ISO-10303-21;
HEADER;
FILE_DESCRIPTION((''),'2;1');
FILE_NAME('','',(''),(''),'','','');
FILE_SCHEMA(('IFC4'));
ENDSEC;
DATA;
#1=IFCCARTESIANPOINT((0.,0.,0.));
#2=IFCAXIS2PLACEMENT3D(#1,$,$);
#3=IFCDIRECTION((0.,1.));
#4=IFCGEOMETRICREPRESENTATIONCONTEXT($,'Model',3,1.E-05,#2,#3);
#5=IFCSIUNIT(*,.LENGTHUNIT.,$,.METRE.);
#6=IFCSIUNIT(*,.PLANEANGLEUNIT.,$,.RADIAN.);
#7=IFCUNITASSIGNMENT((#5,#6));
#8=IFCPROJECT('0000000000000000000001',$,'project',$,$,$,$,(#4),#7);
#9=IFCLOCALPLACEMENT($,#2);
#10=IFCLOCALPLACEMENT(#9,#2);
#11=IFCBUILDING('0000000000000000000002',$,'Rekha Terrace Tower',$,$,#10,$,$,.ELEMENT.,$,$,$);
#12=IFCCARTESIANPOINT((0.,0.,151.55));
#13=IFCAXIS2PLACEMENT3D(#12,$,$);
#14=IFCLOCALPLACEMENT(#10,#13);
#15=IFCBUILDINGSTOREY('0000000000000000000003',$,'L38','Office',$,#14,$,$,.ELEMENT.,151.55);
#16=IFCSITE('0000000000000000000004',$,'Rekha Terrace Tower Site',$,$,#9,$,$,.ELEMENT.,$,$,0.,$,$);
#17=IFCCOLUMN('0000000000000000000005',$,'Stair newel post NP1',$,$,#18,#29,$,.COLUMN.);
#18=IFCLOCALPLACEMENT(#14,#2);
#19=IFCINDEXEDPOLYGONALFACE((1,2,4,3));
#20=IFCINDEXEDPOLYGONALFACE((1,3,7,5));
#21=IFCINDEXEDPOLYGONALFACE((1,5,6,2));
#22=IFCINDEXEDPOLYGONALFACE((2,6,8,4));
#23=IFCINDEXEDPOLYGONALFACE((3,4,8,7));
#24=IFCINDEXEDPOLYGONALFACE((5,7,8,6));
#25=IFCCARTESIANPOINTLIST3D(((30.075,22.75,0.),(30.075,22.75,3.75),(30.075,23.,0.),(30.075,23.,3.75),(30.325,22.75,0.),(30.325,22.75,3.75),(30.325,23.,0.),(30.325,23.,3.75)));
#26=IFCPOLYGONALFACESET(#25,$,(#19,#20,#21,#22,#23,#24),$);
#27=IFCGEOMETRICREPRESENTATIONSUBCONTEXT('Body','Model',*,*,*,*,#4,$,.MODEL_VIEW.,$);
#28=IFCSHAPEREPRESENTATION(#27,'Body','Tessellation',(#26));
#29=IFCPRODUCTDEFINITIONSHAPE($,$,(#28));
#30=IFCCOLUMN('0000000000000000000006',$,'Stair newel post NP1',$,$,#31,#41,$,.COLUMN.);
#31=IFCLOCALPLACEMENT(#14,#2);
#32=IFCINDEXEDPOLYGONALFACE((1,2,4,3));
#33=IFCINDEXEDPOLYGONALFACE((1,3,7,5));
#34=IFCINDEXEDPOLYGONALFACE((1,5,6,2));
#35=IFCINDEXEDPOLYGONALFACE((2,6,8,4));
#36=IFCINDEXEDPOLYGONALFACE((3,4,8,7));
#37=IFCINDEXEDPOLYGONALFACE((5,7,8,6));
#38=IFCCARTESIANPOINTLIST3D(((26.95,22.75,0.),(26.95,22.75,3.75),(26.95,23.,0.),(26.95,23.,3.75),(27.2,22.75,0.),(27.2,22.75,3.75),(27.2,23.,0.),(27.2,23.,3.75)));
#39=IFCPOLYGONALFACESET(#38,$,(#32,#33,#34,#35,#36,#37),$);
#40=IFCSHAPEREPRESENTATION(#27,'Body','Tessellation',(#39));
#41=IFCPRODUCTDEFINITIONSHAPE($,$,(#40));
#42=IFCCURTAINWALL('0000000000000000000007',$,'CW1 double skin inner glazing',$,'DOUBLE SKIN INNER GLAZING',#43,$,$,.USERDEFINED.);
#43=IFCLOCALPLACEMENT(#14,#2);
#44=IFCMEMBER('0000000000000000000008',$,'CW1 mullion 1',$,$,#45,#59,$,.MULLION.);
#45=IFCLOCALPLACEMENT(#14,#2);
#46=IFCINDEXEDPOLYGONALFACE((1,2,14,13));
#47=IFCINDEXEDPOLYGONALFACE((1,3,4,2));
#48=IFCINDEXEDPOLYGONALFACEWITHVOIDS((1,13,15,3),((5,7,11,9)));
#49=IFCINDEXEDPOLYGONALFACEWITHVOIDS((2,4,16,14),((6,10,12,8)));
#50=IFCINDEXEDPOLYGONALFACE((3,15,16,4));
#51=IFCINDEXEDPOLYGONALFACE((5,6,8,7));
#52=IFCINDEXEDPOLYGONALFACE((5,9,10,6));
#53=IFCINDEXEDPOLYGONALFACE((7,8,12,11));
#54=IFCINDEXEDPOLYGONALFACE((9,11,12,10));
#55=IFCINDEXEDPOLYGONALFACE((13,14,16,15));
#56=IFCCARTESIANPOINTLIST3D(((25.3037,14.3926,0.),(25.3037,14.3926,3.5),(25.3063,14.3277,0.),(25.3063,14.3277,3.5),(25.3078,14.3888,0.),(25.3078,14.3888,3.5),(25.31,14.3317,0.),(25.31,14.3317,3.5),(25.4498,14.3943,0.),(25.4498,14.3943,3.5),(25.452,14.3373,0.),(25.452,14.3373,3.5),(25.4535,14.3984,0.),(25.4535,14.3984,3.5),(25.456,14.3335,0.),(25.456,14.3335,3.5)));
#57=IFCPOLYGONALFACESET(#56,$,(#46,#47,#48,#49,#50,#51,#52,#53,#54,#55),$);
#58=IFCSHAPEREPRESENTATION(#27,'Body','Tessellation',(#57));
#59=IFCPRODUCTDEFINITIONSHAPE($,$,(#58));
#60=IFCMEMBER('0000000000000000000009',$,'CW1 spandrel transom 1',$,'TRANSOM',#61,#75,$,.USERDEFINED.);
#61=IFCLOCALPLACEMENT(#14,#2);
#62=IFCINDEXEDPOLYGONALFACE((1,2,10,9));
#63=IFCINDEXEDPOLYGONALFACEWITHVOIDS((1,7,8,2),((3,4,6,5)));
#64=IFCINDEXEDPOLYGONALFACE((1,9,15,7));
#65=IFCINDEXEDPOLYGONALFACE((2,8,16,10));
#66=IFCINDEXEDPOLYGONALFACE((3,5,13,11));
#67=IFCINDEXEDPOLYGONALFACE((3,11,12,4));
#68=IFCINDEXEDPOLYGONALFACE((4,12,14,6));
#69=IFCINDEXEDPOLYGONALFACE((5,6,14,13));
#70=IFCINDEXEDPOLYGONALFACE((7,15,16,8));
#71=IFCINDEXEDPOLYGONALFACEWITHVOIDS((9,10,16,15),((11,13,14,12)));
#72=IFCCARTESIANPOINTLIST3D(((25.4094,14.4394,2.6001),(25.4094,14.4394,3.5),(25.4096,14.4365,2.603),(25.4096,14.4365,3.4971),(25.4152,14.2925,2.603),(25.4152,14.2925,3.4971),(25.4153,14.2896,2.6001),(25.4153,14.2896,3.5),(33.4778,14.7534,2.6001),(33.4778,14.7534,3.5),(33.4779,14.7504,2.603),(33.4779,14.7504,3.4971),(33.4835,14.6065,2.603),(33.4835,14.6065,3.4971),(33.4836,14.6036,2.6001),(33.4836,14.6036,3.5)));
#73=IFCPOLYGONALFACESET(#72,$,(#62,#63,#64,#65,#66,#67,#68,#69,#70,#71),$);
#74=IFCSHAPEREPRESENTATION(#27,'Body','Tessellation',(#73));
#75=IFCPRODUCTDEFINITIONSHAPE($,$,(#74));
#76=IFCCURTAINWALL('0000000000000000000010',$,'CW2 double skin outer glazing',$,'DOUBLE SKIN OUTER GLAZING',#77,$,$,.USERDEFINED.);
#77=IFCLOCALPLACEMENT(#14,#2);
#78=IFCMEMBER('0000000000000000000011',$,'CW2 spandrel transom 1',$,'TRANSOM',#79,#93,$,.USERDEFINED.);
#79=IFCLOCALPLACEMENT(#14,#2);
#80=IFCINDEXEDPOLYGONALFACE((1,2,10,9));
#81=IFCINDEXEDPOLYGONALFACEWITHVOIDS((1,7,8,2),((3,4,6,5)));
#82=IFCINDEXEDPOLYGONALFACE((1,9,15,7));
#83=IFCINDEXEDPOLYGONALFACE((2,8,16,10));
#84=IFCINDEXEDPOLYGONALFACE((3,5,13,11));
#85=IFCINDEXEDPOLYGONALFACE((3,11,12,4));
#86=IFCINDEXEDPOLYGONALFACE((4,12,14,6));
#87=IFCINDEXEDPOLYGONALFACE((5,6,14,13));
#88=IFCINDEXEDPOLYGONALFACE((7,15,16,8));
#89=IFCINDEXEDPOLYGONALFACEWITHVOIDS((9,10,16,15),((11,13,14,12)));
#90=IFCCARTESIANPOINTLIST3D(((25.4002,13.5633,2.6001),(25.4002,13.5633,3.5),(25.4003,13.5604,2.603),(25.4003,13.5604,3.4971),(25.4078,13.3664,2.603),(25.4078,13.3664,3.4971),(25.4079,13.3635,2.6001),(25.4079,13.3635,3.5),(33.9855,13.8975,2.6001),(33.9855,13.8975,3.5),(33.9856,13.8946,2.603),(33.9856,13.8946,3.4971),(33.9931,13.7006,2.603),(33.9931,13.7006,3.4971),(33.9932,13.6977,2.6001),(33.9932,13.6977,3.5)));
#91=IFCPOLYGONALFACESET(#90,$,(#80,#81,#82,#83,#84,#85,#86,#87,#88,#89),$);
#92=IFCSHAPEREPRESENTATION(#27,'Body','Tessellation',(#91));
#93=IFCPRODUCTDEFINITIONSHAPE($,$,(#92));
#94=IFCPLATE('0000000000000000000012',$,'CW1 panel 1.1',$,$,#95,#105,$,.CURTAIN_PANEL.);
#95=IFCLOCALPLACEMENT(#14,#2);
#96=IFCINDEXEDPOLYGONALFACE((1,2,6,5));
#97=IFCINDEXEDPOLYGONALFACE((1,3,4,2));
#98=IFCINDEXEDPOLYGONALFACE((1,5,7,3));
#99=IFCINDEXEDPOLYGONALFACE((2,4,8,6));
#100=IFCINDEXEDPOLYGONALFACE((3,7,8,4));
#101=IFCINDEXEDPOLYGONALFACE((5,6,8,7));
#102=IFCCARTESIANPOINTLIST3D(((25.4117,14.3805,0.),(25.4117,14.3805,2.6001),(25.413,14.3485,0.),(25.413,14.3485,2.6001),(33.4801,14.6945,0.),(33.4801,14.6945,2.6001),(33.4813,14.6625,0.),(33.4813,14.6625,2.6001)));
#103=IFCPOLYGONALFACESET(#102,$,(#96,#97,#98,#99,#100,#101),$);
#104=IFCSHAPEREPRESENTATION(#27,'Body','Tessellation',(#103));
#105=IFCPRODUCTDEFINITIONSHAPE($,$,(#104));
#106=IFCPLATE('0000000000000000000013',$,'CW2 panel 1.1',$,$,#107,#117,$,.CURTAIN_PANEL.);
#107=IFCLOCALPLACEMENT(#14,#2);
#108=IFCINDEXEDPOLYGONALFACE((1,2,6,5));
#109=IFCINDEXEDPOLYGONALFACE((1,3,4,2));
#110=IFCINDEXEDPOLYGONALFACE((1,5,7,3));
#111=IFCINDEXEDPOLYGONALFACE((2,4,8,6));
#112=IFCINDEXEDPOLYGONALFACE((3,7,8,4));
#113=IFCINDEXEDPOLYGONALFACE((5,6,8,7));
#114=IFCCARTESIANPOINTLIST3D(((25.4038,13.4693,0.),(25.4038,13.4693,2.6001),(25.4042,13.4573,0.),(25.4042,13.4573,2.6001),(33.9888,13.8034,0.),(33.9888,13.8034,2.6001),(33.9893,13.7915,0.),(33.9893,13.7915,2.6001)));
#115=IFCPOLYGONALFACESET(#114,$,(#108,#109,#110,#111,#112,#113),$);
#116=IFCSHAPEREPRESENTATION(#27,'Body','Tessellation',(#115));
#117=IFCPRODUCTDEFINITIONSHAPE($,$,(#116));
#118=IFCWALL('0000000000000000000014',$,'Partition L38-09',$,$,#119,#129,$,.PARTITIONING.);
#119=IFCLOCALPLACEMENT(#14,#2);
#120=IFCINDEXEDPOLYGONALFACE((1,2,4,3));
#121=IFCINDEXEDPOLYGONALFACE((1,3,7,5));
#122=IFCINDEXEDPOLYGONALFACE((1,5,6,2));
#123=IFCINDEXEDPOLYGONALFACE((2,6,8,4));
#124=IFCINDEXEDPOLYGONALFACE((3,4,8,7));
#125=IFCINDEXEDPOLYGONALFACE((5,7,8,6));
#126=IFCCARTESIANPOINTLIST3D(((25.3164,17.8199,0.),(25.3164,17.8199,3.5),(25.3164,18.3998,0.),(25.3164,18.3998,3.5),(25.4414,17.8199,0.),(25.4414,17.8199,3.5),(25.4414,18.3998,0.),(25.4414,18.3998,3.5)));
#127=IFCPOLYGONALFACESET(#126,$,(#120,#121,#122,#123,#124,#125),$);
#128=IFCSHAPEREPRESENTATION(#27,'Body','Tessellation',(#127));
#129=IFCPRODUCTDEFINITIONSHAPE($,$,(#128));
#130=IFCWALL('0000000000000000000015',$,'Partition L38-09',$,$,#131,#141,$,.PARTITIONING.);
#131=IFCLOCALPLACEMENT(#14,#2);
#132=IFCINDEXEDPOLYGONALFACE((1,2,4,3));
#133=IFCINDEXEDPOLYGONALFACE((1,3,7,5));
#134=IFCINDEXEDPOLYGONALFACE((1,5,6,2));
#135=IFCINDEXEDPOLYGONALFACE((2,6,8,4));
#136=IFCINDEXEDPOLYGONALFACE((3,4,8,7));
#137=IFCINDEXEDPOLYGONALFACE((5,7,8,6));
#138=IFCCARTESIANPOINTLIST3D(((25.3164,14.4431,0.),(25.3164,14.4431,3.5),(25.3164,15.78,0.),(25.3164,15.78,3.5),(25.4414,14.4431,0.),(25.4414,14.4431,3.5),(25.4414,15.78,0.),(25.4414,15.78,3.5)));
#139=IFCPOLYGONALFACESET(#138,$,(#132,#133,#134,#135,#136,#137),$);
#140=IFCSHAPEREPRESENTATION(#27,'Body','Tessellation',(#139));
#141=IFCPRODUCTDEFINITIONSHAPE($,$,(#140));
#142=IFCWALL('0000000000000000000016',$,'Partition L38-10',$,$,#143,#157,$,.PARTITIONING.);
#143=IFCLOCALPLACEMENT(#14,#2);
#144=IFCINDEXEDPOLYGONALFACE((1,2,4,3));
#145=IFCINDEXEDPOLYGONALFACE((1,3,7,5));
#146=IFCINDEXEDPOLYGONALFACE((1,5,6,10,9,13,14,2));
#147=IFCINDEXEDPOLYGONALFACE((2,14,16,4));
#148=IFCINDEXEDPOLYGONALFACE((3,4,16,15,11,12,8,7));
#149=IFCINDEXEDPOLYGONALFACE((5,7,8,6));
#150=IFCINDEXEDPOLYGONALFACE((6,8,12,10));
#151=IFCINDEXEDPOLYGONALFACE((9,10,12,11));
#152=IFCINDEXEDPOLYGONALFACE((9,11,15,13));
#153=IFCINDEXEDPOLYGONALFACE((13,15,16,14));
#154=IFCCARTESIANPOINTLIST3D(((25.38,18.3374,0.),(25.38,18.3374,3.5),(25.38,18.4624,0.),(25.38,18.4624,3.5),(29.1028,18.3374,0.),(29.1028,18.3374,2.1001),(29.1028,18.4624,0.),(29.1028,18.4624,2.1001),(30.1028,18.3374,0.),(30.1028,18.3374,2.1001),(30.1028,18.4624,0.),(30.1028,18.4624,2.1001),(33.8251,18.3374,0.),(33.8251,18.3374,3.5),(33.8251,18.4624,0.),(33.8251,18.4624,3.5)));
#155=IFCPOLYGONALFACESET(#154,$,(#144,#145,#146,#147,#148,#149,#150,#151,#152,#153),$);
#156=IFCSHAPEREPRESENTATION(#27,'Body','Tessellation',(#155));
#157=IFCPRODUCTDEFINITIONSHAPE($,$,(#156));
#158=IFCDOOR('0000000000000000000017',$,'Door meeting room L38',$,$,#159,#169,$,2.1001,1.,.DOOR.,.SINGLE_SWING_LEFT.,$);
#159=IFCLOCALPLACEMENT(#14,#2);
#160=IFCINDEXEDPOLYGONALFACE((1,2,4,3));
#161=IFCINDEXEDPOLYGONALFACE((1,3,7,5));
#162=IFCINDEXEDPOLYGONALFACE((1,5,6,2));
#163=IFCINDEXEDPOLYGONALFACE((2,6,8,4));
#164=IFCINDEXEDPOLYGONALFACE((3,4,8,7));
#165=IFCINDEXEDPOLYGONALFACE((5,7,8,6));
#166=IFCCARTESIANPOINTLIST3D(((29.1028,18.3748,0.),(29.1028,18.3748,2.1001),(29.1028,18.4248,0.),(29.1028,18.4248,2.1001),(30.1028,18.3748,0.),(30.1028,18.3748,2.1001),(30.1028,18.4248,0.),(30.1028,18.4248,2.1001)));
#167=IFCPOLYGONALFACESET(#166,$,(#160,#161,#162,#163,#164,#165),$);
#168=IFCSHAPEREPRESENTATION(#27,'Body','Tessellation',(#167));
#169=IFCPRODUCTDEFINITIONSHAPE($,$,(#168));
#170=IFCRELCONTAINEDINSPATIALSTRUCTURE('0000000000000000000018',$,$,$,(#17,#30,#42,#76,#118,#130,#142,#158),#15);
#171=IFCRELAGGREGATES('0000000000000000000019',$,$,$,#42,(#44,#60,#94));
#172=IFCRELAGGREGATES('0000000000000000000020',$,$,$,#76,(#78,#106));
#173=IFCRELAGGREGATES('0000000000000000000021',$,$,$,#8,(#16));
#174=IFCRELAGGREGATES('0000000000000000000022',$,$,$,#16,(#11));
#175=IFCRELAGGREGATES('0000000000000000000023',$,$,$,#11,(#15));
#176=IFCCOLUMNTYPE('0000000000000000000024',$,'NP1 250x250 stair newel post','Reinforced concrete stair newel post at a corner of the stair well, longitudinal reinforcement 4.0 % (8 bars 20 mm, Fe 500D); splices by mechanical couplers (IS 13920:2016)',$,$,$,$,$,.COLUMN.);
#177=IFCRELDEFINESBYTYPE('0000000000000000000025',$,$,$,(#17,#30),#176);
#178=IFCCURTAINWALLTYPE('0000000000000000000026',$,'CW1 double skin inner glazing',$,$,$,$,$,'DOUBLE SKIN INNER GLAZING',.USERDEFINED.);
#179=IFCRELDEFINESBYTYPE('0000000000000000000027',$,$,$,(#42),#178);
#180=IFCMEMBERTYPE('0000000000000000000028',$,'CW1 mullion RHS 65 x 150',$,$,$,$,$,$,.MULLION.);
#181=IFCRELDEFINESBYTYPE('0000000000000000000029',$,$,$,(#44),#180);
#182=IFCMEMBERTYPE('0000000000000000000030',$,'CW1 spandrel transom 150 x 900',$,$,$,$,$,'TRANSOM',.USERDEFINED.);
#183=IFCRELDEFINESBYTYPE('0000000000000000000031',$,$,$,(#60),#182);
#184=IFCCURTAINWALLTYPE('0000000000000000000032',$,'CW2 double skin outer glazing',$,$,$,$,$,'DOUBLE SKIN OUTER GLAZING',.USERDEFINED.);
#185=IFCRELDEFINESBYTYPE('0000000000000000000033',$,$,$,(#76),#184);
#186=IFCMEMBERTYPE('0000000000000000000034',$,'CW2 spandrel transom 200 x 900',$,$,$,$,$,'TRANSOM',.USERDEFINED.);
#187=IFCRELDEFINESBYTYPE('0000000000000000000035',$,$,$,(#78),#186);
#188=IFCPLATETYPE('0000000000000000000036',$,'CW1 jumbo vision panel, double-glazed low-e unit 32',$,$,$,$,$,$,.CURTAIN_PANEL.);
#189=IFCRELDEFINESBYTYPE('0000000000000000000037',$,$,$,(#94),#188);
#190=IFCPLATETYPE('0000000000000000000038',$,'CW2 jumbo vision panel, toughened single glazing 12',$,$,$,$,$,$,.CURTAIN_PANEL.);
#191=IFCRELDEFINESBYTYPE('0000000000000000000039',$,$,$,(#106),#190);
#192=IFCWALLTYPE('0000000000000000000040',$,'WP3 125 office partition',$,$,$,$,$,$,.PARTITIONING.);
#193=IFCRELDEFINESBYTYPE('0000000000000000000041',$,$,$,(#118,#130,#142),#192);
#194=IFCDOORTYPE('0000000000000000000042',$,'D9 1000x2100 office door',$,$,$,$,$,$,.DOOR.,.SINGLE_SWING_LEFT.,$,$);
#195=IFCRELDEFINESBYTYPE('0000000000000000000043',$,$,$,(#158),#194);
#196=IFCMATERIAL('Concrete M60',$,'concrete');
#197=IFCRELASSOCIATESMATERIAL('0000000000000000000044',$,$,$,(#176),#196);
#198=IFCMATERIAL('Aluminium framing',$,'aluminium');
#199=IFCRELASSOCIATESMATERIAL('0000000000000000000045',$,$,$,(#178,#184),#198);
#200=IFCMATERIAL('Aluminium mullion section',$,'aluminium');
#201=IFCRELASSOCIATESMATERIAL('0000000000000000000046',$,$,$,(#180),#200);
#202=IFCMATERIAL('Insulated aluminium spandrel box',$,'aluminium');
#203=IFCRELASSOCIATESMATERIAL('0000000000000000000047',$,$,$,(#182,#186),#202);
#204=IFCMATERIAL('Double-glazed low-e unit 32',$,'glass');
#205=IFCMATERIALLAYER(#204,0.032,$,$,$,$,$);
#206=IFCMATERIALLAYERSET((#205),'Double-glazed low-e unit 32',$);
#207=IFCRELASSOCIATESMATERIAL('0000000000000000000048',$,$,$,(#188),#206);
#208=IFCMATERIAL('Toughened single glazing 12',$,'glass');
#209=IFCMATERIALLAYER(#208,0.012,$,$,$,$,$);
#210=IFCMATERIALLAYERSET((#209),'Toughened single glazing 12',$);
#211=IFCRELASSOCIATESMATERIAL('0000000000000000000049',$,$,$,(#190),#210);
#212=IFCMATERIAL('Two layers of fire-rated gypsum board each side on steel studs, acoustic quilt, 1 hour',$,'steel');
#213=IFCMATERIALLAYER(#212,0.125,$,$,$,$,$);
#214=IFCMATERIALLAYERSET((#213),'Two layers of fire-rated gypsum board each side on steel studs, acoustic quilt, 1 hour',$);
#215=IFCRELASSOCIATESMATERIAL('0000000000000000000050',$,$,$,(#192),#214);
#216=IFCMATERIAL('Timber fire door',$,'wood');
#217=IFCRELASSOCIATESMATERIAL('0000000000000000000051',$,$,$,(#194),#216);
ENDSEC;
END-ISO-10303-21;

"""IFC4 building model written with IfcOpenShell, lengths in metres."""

from ifc_helpers import new_model, si_unit, direction, frame, frame_2d, origin, origin_2d, place, context, subcontext, project, spatial, rectangle, hollow_rectangle, extrude, material, layer, layer_set, material_profile, profile_set, type_object, element, fill, aggregate, save


model = new_model("IFC4")

# Units and contexts
model_context = context("Model", 3, precision=1e-05, world=origin(), true_north=direction((0.0, 1.0)))
body_context = subcontext(model_context, "Body", "Model", "MODEL_VIEW")
ifc_project = project(units=[si_unit("LENGTHUNIT", "METRE"), si_unit("PLANEANGLEUNIT", "RADIAN")], contexts=[model_context])

# Site, building, storey
site_placement = place(None, origin())
site = spatial("IfcSite", under=ifc_project, at=site_placement, Name="Rekha Terrace Tower Site", CompositionType="ELEMENT", RefElevation=0.0)
building_placement = place(site_placement, origin())
building = spatial("IfcBuilding", under=site, at=building_placement, Name="Rekha Terrace Tower", CompositionType="ELEMENT")
storey_placement = place(building_placement, frame((0.0, 0.0, 151.55)))
storey = spatial("IfcBuildingStorey", under=building, at=storey_placement, Name="L38", Description="Office", CompositionType="ELEMENT", Elevation=151.55)

# Columns
ifc_material_1 = material(Name="Concrete M60", Category="concrete")
ifc_material_profile_1 = material_profile(ifc_material_1, rectangle(XDim=0.25, YDim=0.25, at=origin_2d()), Name="RC 250x250")
ifc_profile_set_1 = profile_set([ifc_material_profile_1], Name="Concrete M60")
column_type = type_object("IfcColumnType", Name="NP1 250x250 stair newel post", Description="Reinforced concrete stair newel post at a corner of the stair well, longitudinal reinforcement 4.0 % (8 bars 20 mm, Fe 500D); splices by mechanical couplers (IS 13920:2016)", PredefinedType="COLUMN", material=ifc_profile_set_1)
for number, where, z_axis, x_axis, name in (
    (1, (30.2, 22.875, 0.0), (0.0, 0.0, 1.0), (1.0, 0.0, 0.0), "Stair newel post NP1"),
    (2, (27.075, 22.875, 0.0), (0.0, 0.0, 1.0), (1.0, 0.0, 0.0), "Stair newel post NP1"),
):
    element("IfcColumn", number, at=place(storey_placement, frame(where, z_axis=z_axis, x_axis=x_axis)), inside=storey, type_object=column_type, Name=name, PredefinedType="COLUMN", context=body_context, shape_type="SweptSolid", body=[
        extrude(rectangle(XDim=0.25, YDim=0.25, at=origin_2d()), origin(), (0.0, 0.0, 1.0), 3.75),
    ])

# Curtain wall, members
ifc_material_2 = material(Name="Aluminium framing", Category="aluminium")
curtain_wall_type_1 = type_object("IfcCurtainWallType", Name="CW1 double skin inner glazing", ElementType="DOUBLE SKIN INNER GLAZING", PredefinedType="USERDEFINED", material=ifc_material_2)
curtain_wall_1_placement = place(storey_placement, origin())
curtain_wall_1 = element("IfcCurtainWall", 3, at=curtain_wall_1_placement, inside=storey, type_object=curtain_wall_type_1, Name="CW1 double skin inner glazing", ObjectType="DOUBLE SKIN INNER GLAZING", PredefinedType="USERDEFINED")
ifc_material_3 = material(Name="Aluminium mullion section", Category="aluminium")
ifc_material_profile_2 = material_profile(ifc_material_3, hollow_rectangle(XDim=0.0649, YDim=0.1499, WallThickness=0.0039, at=origin_2d()), Name="AL RHS 65x150")
ifc_profile_set_2 = profile_set([ifc_material_profile_2], Name="Aluminium mullion section")
member_type_1 = type_object("IfcMemberType", Name="CW1 mullion RHS 65 x 150", PredefinedType="MULLION", material=ifc_profile_set_2)
member_1_placement = place(storey_placement, frame((25.3799, 14.363, 0.0), z_axis=(0.0, 0.0, 1.0), x_axis=(-0.03889, 0.999243, 0.0)))
member_1 = element("IfcMember", 4, at=member_1_placement, type_object=member_type_1, Name="CW1 mullion 1", PredefinedType="MULLION", context=body_context, shape_type="SweptSolid", body=[
    extrude(hollow_rectangle(XDim=0.0649, YDim=0.1499, WallThickness=0.0039, at=origin_2d()), origin(), (0.0, 0.0, 1.0), 3.5),
])
ifc_material_4 = material(Name="Insulated aluminium spandrel box", Category="aluminium")
ifc_material_profile_3 = material_profile(ifc_material_4, hollow_rectangle(XDim=0.1499, YDim=0.8999, WallThickness=0.0029, at=origin_2d()), Name="AL SPANDREL BOX 150x900")
ifc_profile_set_3 = profile_set([ifc_material_profile_3], Name="Insulated aluminium spandrel box")
member_type_2 = type_object("IfcMemberType", Name="CW1 spandrel transom 150 x 900", ElementType="TRANSOM", PredefinedType="USERDEFINED", material=ifc_profile_set_3)
member_2_placement = place(storey_placement, frame((25.4124, 14.3645, 3.05), z_axis=(0.999244, 0.038884, 0.0), x_axis=(-0.038884, 0.999244, 0.0)))
member_2 = element("IfcMember", 5, at=member_2_placement, type_object=member_type_2, Name="CW1 spandrel transom 1", ObjectType="TRANSOM", PredefinedType="USERDEFINED", context=body_context, shape_type="SweptSolid", body=[
    extrude(hollow_rectangle(XDim=0.1499, YDim=0.8999, WallThickness=0.0029, at=origin_2d()), origin(), (0.0, 0.0, 1.0), 8.0745),
])

# Curtain wall, member
curtain_wall_type_2 = type_object("IfcCurtainWallType", Name="CW2 double skin outer glazing", ElementType="DOUBLE SKIN OUTER GLAZING", PredefinedType="USERDEFINED", material=ifc_material_2)
curtain_wall_2_placement = place(storey_placement, origin())
curtain_wall_2 = element("IfcCurtainWall", 6, at=curtain_wall_2_placement, inside=storey, type_object=curtain_wall_type_2, Name="CW2 double skin outer glazing", ObjectType="DOUBLE SKIN OUTER GLAZING", PredefinedType="USERDEFINED")
ifc_material_profile_4 = material_profile(ifc_material_4, hollow_rectangle(XDim=0.2, YDim=0.8999, WallThickness=0.0029, at=origin_2d()), Name="AL SPANDREL BOX 200x900")
ifc_profile_set_4 = profile_set([ifc_material_profile_4], Name="Insulated aluminium spandrel box")
member_type_3 = type_object("IfcMemberType", Name="CW2 spandrel transom 200 x 900", ElementType="TRANSOM", PredefinedType="USERDEFINED", material=ifc_profile_set_4)
member_3_placement = place(storey_placement, frame((25.4041, 13.4634, 3.05), z_axis=(0.999243, 0.038901, 0.0), x_axis=(-0.038901, 0.999243, 0.0)))
member_3 = element("IfcMember", 7, at=member_3_placement, type_object=member_type_3, Name="CW2 spandrel transom 1", ObjectType="TRANSOM", PredefinedType="USERDEFINED", context=body_context, shape_type="SweptSolid", body=[
    extrude(hollow_rectangle(XDim=0.2, YDim=0.8999, WallThickness=0.0029, at=origin_2d()), origin(), (0.0, 0.0, 1.0), 8.5918),
])

# Plates
ifc_material_5 = material(Name="Double-glazed low-e unit 32", Category="glass")
ifc_layer_1 = layer(ifc_material_5, 0.032)
ifc_layer_set_1 = layer_set([ifc_layer_1], Name="Double-glazed low-e unit 32")
plate_type_1 = type_object("IfcPlateType", Name="CW1 jumbo vision panel, double-glazed low-e unit 32", PredefinedType="CURTAIN_PANEL", material=ifc_layer_set_1)
plate_1_placement = place(storey_placement, frame((29.4465, 14.5215, 0.0), z_axis=(0.0, 0.0, 1.0), x_axis=(0.999243, 0.03889, 0.0)))
plate_1 = element("IfcPlate", 8, at=plate_1_placement, type_object=plate_type_1, Name="CW1 panel 1.1", PredefinedType="CURTAIN_PANEL", context=body_context, shape_type="SweptSolid", body=[
    extrude(rectangle(XDim=8.0745, YDim=0.032, at=origin_2d()), origin(), (0.0, 0.0, 1.0), 2.6001),
])
aggregate(curtain_wall_1, [member_1, member_2, plate_1])
ifc_material_6 = material(Name="Toughened single glazing 12", Category="glass")
ifc_layer_2 = layer(ifc_material_6, 0.012)
ifc_layer_set_2 = layer_set([ifc_layer_2], Name="Toughened single glazing 12")
plate_type_2 = type_object("IfcPlateType", Name="CW2 jumbo vision panel, toughened single glazing 12", PredefinedType="CURTAIN_PANEL", material=ifc_layer_set_2)
plate_2_placement = place(storey_placement, frame((29.6965, 13.6304, 0.0), z_axis=(0.0, 0.0, 1.0), x_axis=(0.999243, 0.03889, 0.0)))
plate_2 = element("IfcPlate", 9, at=plate_2_placement, type_object=plate_type_2, Name="CW2 panel 1.1", PredefinedType="CURTAIN_PANEL", context=body_context, shape_type="SweptSolid", body=[
    extrude(rectangle(XDim=8.5916, YDim=0.012, at=origin_2d()), origin(), (0.0, 0.0, 1.0), 2.6001),
])
aggregate(curtain_wall_2, [member_3, plate_2])

# Walls
ifc_material_7 = material(Name="Two layers of fire-rated gypsum board each side on steel studs, acoustic quilt, 1 hour", Category="steel")
ifc_layer_3 = layer(ifc_material_7, 0.125)
ifc_layer_set_3 = layer_set([ifc_layer_3], Name="Two layers of fire-rated gypsum board each side on steel studs, acoustic quilt, 1 hour")
wall_type = type_object("IfcWallType", Name="WP3 125 office partition", PredefinedType="PARTITIONING", material=ifc_layer_set_3)
wall_1_placement = place(storey_placement, frame((25.3789, 18.3999, 0.0), z_axis=(0.0, 0.0, 1.0), x_axis=(0.0, -1.0, 0.0)))
element("IfcWall", 10, at=wall_1_placement, inside=storey, type_object=wall_type, Name="Partition L38-09", PredefinedType="PARTITIONING", context=body_context, shape_type="SweptSolid", body=[
    extrude(rectangle(XDim=0.5798, YDim=0.125, at=frame_2d((0.29, 0.0))), origin(), (0.0, 0.0, 1.0), 3.5),
])
wall_2_placement = place(storey_placement, frame((25.3789, 15.78, 0.0), z_axis=(0.0, 0.0, 1.0), x_axis=(0.0, -1.0, 0.0)))
element("IfcWall", 11, at=wall_2_placement, inside=storey, type_object=wall_type, Name="Partition L38-09", PredefinedType="PARTITIONING", context=body_context, shape_type="SweptSolid", body=[
    extrude(rectangle(XDim=1.3369, YDim=0.125, at=frame_2d((0.6685, 0.0))), origin(), (0.0, 0.0, 1.0), 3.5),
])

# Wall, opening, door
wall_3_placement = place(storey_placement, frame((25.3799, 18.3999, 0.0), z_axis=(0.0, 0.0, 1.0), x_axis=(1.0, 0.0, 0.0)))
wall_3 = element("IfcWall", 12, at=wall_3_placement, inside=storey, type_object=wall_type, Name="Partition L38-10", PredefinedType="PARTITIONING", context=body_context, shape_type="SweptSolid", body=[
    extrude(rectangle(XDim=8.4451, YDim=0.125, at=frame_2d((4.2227, 0.0))), origin(), (0.0, 0.0, 1.0), 3.5),
])
opening_placement = place(wall_3_placement, frame((3.7229, 0.0, 0.0)))
opening = element("IfcOpeningElement", 13, at=opening_placement, cuts=wall_3, PredefinedType="OPENING", context=body_context, shape_type="SweptSolid", body=[
    extrude(rectangle(XDim=1.0, YDim=2.1001, at=frame_2d((0.5, 1.05))), frame((0.0, 0.0725, 0.0), z_axis=(0.0, -1.0, 0.0), x_axis=(1.0, 0.0, 0.0)), (0.0, 0.0, 1.0), 0.145),
])
ifc_material_8 = material(Name="Timber fire door", Category="wood")
door_type = type_object("IfcDoorType", Name="D9 1000x2100 office door", OperationType="SINGLE_SWING_LEFT", PredefinedType="DOOR", material=ifc_material_8)
door_placement = place(opening_placement, origin())
door = element("IfcDoor", 14, at=door_placement, inside=storey, type_object=door_type, Name="Door meeting room L38", OperationType="SINGLE_SWING_LEFT", OverallHeight=2.1001, OverallWidth=1.0, PredefinedType="DOOR", context=body_context, shape_type="SweptSolid", body=[
    extrude(rectangle(XDim=1.0, YDim=2.1001, at=frame_2d((0.5, 1.05))), frame((0.0, 0.0249, 0.0), z_axis=(0.0, -1.0, 0.0), x_axis=(1.0, 0.0, 0.0)), (0.0, 0.0, 1.0), 0.05),
])
fill(opening, door)

save(model, "model.ifc")
